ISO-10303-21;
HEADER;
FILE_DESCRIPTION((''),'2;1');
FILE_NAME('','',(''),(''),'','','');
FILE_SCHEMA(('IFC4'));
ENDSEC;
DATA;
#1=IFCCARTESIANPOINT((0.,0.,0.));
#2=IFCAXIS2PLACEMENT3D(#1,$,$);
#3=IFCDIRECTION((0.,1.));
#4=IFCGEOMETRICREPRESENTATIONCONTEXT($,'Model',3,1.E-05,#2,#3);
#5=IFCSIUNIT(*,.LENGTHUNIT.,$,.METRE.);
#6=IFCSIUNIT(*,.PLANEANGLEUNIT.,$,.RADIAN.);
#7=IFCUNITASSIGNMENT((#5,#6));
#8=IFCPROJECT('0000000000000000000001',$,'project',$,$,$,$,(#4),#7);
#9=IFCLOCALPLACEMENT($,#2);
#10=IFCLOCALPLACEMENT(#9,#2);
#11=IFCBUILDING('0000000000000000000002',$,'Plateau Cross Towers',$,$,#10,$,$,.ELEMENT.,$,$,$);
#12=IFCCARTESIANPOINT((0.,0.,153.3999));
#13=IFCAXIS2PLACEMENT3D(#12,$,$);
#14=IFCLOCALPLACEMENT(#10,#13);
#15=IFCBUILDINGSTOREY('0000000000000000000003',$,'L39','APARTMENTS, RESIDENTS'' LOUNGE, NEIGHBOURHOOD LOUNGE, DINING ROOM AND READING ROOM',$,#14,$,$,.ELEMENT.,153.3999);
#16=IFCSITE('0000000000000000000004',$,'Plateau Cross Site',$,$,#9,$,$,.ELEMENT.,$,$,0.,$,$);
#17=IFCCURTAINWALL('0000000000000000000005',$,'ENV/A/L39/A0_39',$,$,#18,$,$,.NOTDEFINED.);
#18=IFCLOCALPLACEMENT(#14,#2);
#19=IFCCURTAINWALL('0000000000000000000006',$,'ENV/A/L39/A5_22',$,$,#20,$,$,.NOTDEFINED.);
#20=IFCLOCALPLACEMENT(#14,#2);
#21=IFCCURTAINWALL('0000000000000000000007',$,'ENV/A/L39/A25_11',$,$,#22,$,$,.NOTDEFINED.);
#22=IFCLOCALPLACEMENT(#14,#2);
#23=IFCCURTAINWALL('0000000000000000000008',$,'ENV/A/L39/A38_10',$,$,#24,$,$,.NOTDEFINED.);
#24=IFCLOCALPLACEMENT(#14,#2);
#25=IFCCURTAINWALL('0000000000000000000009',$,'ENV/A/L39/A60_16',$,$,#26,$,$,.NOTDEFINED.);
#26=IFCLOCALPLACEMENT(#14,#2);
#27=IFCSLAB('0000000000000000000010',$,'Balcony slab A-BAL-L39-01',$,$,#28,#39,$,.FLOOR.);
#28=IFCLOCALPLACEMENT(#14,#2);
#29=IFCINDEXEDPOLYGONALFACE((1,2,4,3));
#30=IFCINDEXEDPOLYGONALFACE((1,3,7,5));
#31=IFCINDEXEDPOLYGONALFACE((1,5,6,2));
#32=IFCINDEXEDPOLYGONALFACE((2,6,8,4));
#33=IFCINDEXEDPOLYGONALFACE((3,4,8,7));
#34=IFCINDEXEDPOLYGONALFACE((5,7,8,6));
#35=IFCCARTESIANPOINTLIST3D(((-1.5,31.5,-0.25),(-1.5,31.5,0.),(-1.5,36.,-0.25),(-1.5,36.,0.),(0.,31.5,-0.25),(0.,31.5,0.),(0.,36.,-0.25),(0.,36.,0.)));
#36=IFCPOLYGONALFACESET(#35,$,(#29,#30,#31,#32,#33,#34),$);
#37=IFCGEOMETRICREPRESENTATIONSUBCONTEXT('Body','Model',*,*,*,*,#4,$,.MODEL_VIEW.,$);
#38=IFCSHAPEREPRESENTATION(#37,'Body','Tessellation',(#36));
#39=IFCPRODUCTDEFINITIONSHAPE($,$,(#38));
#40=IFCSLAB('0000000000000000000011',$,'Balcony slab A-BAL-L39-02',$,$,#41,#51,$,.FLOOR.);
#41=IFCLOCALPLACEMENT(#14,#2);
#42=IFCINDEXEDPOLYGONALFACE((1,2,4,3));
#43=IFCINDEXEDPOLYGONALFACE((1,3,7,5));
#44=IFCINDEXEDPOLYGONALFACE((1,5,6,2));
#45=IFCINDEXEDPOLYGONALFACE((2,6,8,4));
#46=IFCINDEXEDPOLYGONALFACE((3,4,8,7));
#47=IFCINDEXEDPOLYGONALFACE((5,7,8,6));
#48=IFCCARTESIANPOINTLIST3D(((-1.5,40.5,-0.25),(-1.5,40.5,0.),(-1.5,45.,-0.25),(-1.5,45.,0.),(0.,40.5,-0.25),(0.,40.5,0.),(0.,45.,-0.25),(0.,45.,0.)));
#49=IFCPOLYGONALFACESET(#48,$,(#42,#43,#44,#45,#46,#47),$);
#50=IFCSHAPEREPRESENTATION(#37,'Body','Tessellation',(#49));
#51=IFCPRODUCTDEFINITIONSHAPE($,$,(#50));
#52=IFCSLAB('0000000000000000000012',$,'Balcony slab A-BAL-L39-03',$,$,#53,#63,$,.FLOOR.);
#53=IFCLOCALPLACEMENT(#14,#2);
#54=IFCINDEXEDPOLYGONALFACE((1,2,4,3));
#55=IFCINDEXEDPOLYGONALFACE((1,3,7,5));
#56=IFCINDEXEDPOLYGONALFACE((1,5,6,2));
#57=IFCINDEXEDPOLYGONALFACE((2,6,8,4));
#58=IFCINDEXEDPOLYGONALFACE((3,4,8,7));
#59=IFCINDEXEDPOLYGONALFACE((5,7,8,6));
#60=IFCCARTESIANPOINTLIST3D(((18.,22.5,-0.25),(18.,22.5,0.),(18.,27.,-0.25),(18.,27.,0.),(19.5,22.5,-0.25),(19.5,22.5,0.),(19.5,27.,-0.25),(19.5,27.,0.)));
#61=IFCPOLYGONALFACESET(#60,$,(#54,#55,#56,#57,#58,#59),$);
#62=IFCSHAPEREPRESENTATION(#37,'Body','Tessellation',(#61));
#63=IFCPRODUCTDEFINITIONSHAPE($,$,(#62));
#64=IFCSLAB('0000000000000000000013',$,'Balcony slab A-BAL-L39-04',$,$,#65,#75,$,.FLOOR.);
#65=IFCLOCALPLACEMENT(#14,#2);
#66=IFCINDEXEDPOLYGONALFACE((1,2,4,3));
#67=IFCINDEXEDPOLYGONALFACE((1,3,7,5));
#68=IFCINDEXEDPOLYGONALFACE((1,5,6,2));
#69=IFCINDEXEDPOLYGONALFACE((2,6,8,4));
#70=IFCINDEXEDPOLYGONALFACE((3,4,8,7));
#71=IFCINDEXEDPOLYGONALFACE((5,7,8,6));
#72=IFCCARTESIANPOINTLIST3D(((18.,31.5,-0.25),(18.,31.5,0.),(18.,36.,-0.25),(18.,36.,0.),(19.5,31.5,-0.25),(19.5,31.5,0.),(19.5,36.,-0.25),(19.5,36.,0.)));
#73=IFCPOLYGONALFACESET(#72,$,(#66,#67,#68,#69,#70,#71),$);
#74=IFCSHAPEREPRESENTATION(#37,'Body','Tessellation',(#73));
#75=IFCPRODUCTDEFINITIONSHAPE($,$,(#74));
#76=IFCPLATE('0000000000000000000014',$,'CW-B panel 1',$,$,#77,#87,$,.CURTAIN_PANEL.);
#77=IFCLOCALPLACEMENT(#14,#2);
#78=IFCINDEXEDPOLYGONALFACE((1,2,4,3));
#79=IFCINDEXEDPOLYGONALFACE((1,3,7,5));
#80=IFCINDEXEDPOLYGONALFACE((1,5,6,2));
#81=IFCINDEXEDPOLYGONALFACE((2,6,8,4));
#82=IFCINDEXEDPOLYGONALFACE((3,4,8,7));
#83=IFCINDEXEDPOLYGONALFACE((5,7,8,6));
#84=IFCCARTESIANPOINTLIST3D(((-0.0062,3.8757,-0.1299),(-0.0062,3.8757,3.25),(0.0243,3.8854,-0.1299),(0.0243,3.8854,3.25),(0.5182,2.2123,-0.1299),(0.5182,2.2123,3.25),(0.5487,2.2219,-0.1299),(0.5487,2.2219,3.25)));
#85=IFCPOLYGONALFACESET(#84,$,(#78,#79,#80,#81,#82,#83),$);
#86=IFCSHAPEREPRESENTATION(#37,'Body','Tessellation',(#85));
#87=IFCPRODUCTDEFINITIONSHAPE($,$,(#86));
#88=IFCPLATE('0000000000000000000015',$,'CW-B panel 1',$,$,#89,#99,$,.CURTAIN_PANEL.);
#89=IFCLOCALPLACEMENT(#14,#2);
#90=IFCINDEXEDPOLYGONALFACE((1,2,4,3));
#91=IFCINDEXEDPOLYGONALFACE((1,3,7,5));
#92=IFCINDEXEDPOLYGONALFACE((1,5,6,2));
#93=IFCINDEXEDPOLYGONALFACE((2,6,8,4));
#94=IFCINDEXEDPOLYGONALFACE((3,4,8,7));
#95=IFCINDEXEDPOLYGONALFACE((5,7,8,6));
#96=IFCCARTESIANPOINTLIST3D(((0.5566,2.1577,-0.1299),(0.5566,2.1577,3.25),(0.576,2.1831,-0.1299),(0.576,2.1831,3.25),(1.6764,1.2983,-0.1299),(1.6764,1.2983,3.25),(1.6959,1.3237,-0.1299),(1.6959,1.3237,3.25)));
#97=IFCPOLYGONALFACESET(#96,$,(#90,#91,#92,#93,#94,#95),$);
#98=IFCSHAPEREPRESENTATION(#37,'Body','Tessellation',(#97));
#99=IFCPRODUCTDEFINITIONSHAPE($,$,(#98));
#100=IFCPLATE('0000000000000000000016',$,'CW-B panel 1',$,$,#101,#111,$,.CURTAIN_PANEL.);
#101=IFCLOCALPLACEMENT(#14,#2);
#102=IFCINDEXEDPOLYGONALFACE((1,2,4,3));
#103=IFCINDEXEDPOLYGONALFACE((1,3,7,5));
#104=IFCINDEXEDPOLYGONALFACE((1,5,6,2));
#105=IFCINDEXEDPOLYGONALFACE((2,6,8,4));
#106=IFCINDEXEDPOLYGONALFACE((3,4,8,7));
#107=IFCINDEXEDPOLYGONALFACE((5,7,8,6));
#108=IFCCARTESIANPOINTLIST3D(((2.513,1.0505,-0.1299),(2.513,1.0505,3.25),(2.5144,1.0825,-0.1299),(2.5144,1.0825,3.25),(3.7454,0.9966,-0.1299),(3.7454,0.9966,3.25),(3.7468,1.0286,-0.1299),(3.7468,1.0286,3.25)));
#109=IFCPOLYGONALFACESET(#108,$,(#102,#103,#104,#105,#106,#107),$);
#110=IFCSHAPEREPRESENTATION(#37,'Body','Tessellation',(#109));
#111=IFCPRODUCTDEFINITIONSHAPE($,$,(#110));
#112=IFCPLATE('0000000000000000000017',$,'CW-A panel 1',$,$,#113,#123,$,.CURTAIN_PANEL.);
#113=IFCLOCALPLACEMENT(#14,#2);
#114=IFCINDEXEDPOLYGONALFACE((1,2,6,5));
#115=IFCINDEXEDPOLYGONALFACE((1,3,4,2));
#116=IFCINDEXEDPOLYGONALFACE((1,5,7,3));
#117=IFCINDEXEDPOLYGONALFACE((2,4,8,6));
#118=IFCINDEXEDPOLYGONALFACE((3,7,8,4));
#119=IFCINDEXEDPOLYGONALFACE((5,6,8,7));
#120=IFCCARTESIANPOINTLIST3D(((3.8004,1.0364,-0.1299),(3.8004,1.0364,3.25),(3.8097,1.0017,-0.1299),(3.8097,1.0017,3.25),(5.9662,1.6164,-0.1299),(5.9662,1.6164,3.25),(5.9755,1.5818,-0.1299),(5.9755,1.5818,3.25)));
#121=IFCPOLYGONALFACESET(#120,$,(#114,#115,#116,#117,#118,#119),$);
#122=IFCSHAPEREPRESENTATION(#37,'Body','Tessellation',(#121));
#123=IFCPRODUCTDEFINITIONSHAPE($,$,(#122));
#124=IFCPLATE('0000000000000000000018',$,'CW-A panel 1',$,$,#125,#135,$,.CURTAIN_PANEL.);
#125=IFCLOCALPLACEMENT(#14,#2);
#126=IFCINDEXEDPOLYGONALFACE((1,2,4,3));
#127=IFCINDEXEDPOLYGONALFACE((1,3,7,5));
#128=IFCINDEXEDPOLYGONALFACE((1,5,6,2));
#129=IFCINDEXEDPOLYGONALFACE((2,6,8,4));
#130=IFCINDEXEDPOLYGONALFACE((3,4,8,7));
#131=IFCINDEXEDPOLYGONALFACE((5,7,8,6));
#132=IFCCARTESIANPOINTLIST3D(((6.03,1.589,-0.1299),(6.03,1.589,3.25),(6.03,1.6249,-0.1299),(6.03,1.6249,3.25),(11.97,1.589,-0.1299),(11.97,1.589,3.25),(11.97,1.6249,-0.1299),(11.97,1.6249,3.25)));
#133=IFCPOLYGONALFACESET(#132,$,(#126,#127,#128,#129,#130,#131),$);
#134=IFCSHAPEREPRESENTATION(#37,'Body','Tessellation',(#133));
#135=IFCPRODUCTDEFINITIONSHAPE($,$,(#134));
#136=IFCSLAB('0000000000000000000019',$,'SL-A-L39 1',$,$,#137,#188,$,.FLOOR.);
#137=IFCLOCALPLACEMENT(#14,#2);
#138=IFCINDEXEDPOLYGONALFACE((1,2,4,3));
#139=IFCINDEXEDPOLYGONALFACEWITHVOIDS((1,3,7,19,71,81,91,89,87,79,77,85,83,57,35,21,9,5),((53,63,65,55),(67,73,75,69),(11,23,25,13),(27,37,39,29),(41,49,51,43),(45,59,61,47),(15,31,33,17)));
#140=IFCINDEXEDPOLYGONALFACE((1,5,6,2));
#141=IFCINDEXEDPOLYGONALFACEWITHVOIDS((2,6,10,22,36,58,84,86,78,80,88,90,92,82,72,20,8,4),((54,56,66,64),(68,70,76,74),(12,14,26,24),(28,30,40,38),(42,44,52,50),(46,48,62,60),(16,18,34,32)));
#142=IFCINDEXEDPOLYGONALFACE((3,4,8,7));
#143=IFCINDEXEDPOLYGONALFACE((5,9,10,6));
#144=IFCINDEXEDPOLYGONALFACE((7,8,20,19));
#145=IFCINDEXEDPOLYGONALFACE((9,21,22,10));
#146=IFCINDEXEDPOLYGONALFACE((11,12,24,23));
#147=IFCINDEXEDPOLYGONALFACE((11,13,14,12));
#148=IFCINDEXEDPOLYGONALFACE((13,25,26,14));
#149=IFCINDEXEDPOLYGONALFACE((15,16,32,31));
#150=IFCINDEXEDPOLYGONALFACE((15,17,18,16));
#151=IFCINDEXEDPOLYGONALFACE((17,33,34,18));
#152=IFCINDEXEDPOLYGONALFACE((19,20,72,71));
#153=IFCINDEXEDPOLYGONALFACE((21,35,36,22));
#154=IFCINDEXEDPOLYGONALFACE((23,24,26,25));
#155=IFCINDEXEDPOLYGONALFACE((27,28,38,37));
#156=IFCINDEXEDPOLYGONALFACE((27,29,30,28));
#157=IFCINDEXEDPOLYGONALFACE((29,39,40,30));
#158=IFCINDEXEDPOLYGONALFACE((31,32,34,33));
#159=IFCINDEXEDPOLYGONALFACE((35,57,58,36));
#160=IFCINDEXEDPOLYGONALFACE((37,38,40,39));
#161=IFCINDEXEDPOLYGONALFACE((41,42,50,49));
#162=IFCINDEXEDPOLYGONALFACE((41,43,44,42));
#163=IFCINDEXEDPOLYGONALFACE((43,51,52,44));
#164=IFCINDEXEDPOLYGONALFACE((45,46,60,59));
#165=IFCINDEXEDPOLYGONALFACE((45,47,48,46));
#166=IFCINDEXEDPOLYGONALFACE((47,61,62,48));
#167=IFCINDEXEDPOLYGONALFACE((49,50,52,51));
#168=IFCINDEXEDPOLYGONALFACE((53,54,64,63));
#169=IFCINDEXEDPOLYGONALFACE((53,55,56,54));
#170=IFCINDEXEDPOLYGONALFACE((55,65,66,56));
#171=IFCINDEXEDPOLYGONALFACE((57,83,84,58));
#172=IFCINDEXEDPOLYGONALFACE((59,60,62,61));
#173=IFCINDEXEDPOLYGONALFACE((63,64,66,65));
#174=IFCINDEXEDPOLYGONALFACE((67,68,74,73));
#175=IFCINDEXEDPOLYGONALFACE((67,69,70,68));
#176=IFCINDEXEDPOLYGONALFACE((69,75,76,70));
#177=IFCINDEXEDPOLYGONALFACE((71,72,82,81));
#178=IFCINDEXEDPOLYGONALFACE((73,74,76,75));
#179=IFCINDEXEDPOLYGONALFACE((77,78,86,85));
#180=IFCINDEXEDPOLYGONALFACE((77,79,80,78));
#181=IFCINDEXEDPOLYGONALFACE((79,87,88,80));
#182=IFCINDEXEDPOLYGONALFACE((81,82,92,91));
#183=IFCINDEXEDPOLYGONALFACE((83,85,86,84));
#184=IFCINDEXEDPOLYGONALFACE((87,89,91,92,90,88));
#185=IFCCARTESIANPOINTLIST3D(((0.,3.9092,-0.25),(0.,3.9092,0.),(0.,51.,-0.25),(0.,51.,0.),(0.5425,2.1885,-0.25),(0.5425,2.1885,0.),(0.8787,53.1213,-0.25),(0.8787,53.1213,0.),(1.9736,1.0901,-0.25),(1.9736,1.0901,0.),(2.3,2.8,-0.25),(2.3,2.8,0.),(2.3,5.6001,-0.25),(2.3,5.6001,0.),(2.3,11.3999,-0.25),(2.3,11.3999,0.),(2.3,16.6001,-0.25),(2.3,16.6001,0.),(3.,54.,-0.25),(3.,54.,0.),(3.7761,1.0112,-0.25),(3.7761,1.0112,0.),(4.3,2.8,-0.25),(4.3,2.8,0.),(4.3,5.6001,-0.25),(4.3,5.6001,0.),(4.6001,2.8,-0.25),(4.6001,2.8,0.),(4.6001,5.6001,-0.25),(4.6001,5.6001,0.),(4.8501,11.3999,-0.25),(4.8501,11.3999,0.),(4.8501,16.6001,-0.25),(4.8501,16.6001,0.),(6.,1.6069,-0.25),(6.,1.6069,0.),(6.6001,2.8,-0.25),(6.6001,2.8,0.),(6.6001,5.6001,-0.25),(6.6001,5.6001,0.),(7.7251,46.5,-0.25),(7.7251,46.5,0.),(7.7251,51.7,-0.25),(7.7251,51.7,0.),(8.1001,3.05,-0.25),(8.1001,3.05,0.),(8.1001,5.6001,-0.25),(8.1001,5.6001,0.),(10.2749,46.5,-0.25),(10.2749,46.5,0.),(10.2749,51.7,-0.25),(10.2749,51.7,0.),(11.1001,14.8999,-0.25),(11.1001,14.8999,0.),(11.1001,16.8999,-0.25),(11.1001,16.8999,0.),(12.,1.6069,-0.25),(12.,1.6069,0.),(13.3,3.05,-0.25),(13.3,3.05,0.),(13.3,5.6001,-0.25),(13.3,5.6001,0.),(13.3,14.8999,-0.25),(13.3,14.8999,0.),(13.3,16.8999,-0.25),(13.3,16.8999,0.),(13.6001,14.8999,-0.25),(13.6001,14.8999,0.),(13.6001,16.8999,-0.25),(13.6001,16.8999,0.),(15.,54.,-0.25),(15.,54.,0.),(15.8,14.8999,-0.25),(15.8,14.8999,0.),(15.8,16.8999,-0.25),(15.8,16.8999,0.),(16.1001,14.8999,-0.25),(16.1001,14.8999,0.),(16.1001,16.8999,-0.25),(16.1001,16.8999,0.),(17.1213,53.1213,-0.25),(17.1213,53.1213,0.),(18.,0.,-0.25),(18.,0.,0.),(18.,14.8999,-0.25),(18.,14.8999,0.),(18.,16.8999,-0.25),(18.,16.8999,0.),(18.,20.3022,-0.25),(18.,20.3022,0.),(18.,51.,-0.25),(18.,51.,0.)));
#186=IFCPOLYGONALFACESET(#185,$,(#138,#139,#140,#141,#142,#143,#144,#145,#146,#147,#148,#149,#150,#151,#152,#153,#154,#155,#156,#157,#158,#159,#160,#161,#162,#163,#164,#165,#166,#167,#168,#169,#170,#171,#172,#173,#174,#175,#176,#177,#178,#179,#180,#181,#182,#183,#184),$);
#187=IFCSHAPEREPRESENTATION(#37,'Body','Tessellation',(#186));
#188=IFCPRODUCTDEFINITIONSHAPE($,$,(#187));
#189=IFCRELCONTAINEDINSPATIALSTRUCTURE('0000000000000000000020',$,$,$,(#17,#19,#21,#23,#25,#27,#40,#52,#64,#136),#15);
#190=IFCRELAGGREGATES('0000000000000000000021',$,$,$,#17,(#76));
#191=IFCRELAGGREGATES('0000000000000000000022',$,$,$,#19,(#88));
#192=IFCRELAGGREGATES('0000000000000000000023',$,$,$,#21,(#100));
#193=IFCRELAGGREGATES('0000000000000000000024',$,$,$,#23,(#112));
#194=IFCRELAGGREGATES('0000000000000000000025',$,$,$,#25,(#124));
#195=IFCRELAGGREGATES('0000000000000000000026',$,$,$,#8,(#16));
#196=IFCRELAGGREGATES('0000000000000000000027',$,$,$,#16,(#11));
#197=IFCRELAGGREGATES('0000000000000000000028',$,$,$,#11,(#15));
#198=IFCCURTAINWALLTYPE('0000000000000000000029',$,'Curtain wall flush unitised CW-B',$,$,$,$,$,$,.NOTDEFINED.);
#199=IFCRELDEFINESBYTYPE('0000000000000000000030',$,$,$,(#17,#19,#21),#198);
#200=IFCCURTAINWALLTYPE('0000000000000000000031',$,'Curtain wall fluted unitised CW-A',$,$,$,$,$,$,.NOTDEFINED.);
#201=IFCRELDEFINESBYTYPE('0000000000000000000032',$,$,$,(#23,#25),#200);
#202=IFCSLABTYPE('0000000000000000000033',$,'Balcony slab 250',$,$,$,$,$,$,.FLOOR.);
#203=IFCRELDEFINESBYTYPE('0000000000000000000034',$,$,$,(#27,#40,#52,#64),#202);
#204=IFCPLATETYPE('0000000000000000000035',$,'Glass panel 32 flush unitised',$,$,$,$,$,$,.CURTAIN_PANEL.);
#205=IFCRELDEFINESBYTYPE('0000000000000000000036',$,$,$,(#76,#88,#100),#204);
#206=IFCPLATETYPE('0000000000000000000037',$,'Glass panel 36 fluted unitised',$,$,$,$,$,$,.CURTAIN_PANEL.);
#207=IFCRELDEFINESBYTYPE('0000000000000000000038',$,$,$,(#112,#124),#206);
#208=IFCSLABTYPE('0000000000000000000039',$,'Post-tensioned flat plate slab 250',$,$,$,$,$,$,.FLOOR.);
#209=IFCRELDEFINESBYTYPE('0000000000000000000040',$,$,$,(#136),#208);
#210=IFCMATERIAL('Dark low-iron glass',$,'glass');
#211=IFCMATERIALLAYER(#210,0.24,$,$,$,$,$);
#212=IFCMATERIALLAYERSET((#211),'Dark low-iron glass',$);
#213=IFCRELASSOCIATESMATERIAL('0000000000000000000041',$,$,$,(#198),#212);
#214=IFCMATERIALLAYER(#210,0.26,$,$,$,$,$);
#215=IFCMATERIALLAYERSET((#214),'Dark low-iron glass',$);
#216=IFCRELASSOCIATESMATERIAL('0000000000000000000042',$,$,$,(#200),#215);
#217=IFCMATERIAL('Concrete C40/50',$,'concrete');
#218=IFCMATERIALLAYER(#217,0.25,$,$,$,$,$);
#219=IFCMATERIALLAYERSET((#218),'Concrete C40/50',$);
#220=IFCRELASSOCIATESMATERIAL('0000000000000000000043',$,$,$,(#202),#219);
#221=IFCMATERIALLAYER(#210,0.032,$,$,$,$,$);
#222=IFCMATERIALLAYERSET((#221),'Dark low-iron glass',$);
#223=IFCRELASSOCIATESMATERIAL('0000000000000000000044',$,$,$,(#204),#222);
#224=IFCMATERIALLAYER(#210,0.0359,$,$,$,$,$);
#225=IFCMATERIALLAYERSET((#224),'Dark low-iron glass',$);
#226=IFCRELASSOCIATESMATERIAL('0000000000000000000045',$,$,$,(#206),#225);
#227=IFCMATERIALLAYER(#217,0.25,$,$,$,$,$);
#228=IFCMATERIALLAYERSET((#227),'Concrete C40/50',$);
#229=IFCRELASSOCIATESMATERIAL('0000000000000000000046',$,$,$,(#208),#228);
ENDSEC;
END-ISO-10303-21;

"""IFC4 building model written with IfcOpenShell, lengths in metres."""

from ifc_helpers import new_model, si_unit, direction, frame, origin, origin_2d, place, context, subcontext, project, spatial, polyline, rectangle, outline, extrude, material, layer, layer_set, type_object, element, aggregate, save


model = new_model("IFC4")

# Units and contexts
model_context = context("Model", 3, precision=1e-05, world=origin(), true_north=direction((0.0, 1.0)))
body_context = subcontext(model_context, "Body", "Model", "MODEL_VIEW")
ifc_project = project(units=[si_unit("LENGTHUNIT", "METRE"), si_unit("PLANEANGLEUNIT", "RADIAN")], contexts=[model_context])

# Site, building, storey
site_placement = place(None, origin())
site = spatial("IfcSite", under=ifc_project, at=site_placement, Name="Plateau Cross Site", CompositionType="ELEMENT", RefElevation=0.0)
building_placement = place(site_placement, origin())
building = spatial("IfcBuilding", under=site, at=building_placement, Name="Plateau Cross Towers", CompositionType="ELEMENT")
storey_placement = place(building_placement, frame((0.0, 0.0, 153.3999)))
storey = spatial("IfcBuildingStorey", under=building, at=storey_placement, Name="L39", Description="APARTMENTS, RESIDENTS' LOUNGE, NEIGHBOURHOOD LOUNGE, DINING ROOM AND READING ROOM", CompositionType="ELEMENT", Elevation=153.3999)

# Curtain wall
ifc_material_1 = material(Name="Dark low-iron glass", Category="glass")
ifc_layer_1 = layer(ifc_material_1, 0.24)
ifc_layer_set_1 = layer_set([ifc_layer_1], Name="Dark low-iron glass")
curtain_wall_type_1 = type_object("IfcCurtainWallType", Name="Curtain wall flush unitised CW-B", PredefinedType="NOTDEFINED", material=ifc_layer_set_1)
curtain_wall_1_placement = place(storey_placement, origin())
curtain_wall_1 = element("IfcCurtainWall", 1, at=curtain_wall_1_placement, inside=storey, type_object=curtain_wall_type_1, Name="ENV/A/L39/A0_39", PredefinedType="NOTDEFINED")

# Curtain wall
curtain_wall_2_placement = place(storey_placement, origin())
curtain_wall_2 = element("IfcCurtainWall", 2, at=curtain_wall_2_placement, inside=storey, type_object=curtain_wall_type_1, Name="ENV/A/L39/A5_22", PredefinedType="NOTDEFINED")

# Curtain walls
curtain_wall_3_placement = place(storey_placement, origin())
curtain_wall_3 = element("IfcCurtainWall", 3, at=curtain_wall_3_placement, inside=storey, type_object=curtain_wall_type_1, Name="ENV/A/L39/A25_11", PredefinedType="NOTDEFINED")
ifc_layer_2 = layer(ifc_material_1, 0.26)
ifc_layer_set_2 = layer_set([ifc_layer_2], Name="Dark low-iron glass")
curtain_wall_type_2 = type_object("IfcCurtainWallType", Name="Curtain wall fluted unitised CW-A", PredefinedType="NOTDEFINED", material=ifc_layer_set_2)
curtain_wall_4_placement = place(storey_placement, origin())
curtain_wall_4 = element("IfcCurtainWall", 4, at=curtain_wall_4_placement, inside=storey, type_object=curtain_wall_type_2, Name="ENV/A/L39/A38_10", PredefinedType="NOTDEFINED")
curtain_wall_5_placement = place(storey_placement, origin())
curtain_wall_5 = element("IfcCurtainWall", 5, at=curtain_wall_5_placement, inside=storey, type_object=curtain_wall_type_2, Name="ENV/A/L39/A60_16", PredefinedType="NOTDEFINED")

# Slabs
ifc_material_2 = material(Name="Concrete C40/50", Category="concrete")
ifc_layer_3 = layer(ifc_material_2, 0.25)
ifc_layer_set_3 = layer_set([ifc_layer_3], Name="Concrete C40/50")
slab_type_1 = type_object("IfcSlabType", Name="Balcony slab 250", PredefinedType="FLOOR", material=ifc_layer_set_3)
slab_1_placement = place(storey_placement, frame((0.0, 0.0, -0.25)))
element("IfcSlab", 6, at=slab_1_placement, inside=storey, type_object=slab_type_1, Name="Balcony slab A-BAL-L39-01", PredefinedType="FLOOR", context=body_context, shape_type="SweptSolid", body=[
    extrude(outline(polyline([(0.0, 31.5), (0.0, 36.0), (-1.5, 36.0), (-1.5, 31.5), (0.0, 31.5)])), origin(), (0.0, 0.0, 1.0), 0.25),
])
slab_2_placement = place(storey_placement, frame((0.0, 0.0, -0.25)))
element("IfcSlab", 7, at=slab_2_placement, inside=storey, type_object=slab_type_1, Name="Balcony slab A-BAL-L39-02", PredefinedType="FLOOR", context=body_context, shape_type="SweptSolid", body=[
    extrude(outline(polyline([(0.0, 40.5), (0.0, 45.0), (-1.5, 45.0), (-1.5, 40.5), (0.0, 40.5)])), origin(), (0.0, 0.0, 1.0), 0.25),
])
slab_3_placement = place(storey_placement, frame((0.0, 0.0, -0.25)))
element("IfcSlab", 8, at=slab_3_placement, inside=storey, type_object=slab_type_1, Name="Balcony slab A-BAL-L39-03", PredefinedType="FLOOR", context=body_context, shape_type="SweptSolid", body=[
    extrude(outline(polyline([(19.5, 22.5), (19.5, 27.0), (18.0, 27.0), (18.0, 22.5), (19.5, 22.5)])), origin(), (0.0, 0.0, 1.0), 0.25),
])
slab_4_placement = place(storey_placement, frame((0.0, 0.0, -0.25)))
element("IfcSlab", 9, at=slab_4_placement, inside=storey, type_object=slab_type_1, Name="Balcony slab A-BAL-L39-04", PredefinedType="FLOOR", context=body_context, shape_type="SweptSolid", body=[
    extrude(outline(polyline([(19.5, 31.5), (19.5, 36.0), (18.0, 36.0), (18.0, 31.5), (19.5, 31.5)])), origin(), (0.0, 0.0, 1.0), 0.25),
])

# Plates
ifc_layer_4 = layer(ifc_material_1, 0.032)
ifc_layer_set_4 = layer_set([ifc_layer_4], Name="Dark low-iron glass")
plate_type_1 = type_object("IfcPlateType", Name="Glass panel 32 flush unitised", PredefinedType="CURTAIN_PANEL", material=ifc_layer_set_4)
plate_1_placement = place(storey_placement, frame((0.2712, 3.0488, -0.1299), z_axis=(0.0, 0.0, 1.0), x_axis=(0.300686, -0.953723, 0.0)))
plate_1 = element("IfcPlate", 10, at=plate_1_placement, type_object=plate_type_1, Name="CW-B panel 1", PredefinedType="CURTAIN_PANEL", context=body_context, shape_type="SweptSolid", body=[
    extrude(rectangle(XDim=1.7441, YDim=0.032, at=origin_2d()), origin(), (0.0, 0.0, 1.0), 3.3799),
])
aggregate(curtain_wall_1, [plate_1])
plate_2_placement = place(storey_placement, frame((1.1262, 1.7407, -0.1299), z_axis=(0.0, 0.0, 1.0), x_axis=(0.793316, -0.608811, 0.0)))
plate_2 = element("IfcPlate", 11, at=plate_2_placement, type_object=plate_type_1, Name="CW-B panel 1", PredefinedType="CURTAIN_PANEL", context=body_context, shape_type="SweptSolid", body=[
    extrude(rectangle(XDim=1.4116, YDim=0.032, at=origin_2d()), origin(), (0.0, 0.0, 1.0), 3.3799),
])
aggregate(curtain_wall_2, [plate_2])
plate_3_placement = place(storey_placement, frame((3.1299, 1.0396, -0.1299), z_axis=(0.0, 0.0, 1.0), x_axis=(0.999044, -0.043723, 0.0)))
plate_3 = element("IfcPlate", 12, at=plate_3_placement, type_object=plate_type_1, Name="CW-B panel 1", PredefinedType="CURTAIN_PANEL", context=body_context, shape_type="SweptSolid", body=[
    extrude(rectangle(XDim=1.2336, YDim=0.032, at=origin_2d()), origin(), (0.0, 0.0, 1.0), 3.3799),
])
aggregate(curtain_wall_3, [plate_3])
ifc_layer_5 = layer(ifc_material_1, 0.0359)
ifc_layer_set_5 = layer_set([ifc_layer_5], Name="Dark low-iron glass")
plate_type_2 = type_object("IfcPlateType", Name="Glass panel 36 fluted unitised", PredefinedType="CURTAIN_PANEL", material=ifc_layer_set_5)
plate_4_placement = place(storey_placement, frame((4.8879, 1.3091, -0.1299), z_axis=(0.0, 0.0, 1.0), x_axis=(0.965958, 0.258699, 0.0)))
plate_4 = element("IfcPlate", 13, at=plate_4_placement, type_object=plate_type_2, Name="CW-A panel 1", PredefinedType="CURTAIN_PANEL", context=body_context, shape_type="SweptSolid", body=[
    extrude(rectangle(XDim=2.2422, YDim=0.0359, at=origin_2d()), origin(), (0.0, 0.0, 1.0), 3.3799),
])
aggregate(curtain_wall_4, [plate_4])
plate_5_placement = place(storey_placement, frame((9.0, 1.6069, -0.1299), z_axis=(0.0, 0.0, 1.0), x_axis=(1.0, 0.0, 0.0)))
plate_5 = element("IfcPlate", 14, at=plate_5_placement, type_object=plate_type_2, Name="CW-A panel 1", PredefinedType="CURTAIN_PANEL", context=body_context, shape_type="SweptSolid", body=[
    extrude(rectangle(XDim=5.9399, YDim=0.0359, at=origin_2d()), origin(), (0.0, 0.0, 1.0), 3.3799),
])
aggregate(curtain_wall_5, [plate_5])

# Slab
ifc_layer_6 = layer(ifc_material_2, 0.25)
ifc_layer_set_6 = layer_set([ifc_layer_6], Name="Concrete C40/50")
slab_type_2 = type_object("IfcSlabType", Name="Post-tensioned flat plate slab 250", PredefinedType="FLOOR", material=ifc_layer_set_6)
slab_5_placement = place(storey_placement, frame((0.0, 0.0, -0.25)))
element("IfcSlab", 15, at=slab_5_placement, inside=storey, type_object=slab_type_2, Name="SL-A-L39 1", PredefinedType="FLOOR", context=body_context, shape_type="SweptSolid", body=[
    extrude(outline(polyline([(0.5425, 2.1885), (0.0, 3.9092), (0.0, 51.0), (0.8787, 53.1213), (3.0, 54.0), (15.0, 54.0), (17.1213, 53.1213), (18.0, 51.0), (18.0, 20.3022), (18.0, 16.8999), (16.1001, 16.8999), (16.1001, 14.8999), (18.0, 14.8999), (18.0, 0.0), (12.0, 1.6069), (6.0, 1.6069), (3.7761, 1.0112), (1.9736, 1.0901), (0.5425, 2.1885)]), holes=[polyline([(2.3, 5.6001), (2.3, 2.8), (4.3, 2.8), (4.3, 5.6001), (2.3, 5.6001)]), polyline([(4.6001, 5.6001), (4.6001, 2.8), (6.6001, 2.8), (6.6001, 5.6001), (4.6001, 5.6001)]), polyline([(8.1001, 5.6001), (8.1001, 3.05), (13.3, 3.05), (13.3, 5.6001), (8.1001, 5.6001)]), polyline([(2.3, 11.3999), (4.8501, 11.3999), (4.8501, 16.6001), (2.3, 16.6001), (2.3, 11.3999)]), polyline([(11.1001, 16.8999), (11.1001, 14.8999), (13.3, 14.8999), (13.3, 16.8999), (11.1001, 16.8999)]), polyline([(13.6001, 16.8999), (13.6001, 14.8999), (15.8, 14.8999), (15.8, 16.8999), (13.6001, 16.8999)]), polyline([(7.7251, 51.7), (7.7251, 46.5), (10.2749, 46.5), (10.2749, 51.7), (7.7251, 51.7)])]), origin(), (0.0, 0.0, 1.0), 0.25),
])

save(model, "model.ifc")
